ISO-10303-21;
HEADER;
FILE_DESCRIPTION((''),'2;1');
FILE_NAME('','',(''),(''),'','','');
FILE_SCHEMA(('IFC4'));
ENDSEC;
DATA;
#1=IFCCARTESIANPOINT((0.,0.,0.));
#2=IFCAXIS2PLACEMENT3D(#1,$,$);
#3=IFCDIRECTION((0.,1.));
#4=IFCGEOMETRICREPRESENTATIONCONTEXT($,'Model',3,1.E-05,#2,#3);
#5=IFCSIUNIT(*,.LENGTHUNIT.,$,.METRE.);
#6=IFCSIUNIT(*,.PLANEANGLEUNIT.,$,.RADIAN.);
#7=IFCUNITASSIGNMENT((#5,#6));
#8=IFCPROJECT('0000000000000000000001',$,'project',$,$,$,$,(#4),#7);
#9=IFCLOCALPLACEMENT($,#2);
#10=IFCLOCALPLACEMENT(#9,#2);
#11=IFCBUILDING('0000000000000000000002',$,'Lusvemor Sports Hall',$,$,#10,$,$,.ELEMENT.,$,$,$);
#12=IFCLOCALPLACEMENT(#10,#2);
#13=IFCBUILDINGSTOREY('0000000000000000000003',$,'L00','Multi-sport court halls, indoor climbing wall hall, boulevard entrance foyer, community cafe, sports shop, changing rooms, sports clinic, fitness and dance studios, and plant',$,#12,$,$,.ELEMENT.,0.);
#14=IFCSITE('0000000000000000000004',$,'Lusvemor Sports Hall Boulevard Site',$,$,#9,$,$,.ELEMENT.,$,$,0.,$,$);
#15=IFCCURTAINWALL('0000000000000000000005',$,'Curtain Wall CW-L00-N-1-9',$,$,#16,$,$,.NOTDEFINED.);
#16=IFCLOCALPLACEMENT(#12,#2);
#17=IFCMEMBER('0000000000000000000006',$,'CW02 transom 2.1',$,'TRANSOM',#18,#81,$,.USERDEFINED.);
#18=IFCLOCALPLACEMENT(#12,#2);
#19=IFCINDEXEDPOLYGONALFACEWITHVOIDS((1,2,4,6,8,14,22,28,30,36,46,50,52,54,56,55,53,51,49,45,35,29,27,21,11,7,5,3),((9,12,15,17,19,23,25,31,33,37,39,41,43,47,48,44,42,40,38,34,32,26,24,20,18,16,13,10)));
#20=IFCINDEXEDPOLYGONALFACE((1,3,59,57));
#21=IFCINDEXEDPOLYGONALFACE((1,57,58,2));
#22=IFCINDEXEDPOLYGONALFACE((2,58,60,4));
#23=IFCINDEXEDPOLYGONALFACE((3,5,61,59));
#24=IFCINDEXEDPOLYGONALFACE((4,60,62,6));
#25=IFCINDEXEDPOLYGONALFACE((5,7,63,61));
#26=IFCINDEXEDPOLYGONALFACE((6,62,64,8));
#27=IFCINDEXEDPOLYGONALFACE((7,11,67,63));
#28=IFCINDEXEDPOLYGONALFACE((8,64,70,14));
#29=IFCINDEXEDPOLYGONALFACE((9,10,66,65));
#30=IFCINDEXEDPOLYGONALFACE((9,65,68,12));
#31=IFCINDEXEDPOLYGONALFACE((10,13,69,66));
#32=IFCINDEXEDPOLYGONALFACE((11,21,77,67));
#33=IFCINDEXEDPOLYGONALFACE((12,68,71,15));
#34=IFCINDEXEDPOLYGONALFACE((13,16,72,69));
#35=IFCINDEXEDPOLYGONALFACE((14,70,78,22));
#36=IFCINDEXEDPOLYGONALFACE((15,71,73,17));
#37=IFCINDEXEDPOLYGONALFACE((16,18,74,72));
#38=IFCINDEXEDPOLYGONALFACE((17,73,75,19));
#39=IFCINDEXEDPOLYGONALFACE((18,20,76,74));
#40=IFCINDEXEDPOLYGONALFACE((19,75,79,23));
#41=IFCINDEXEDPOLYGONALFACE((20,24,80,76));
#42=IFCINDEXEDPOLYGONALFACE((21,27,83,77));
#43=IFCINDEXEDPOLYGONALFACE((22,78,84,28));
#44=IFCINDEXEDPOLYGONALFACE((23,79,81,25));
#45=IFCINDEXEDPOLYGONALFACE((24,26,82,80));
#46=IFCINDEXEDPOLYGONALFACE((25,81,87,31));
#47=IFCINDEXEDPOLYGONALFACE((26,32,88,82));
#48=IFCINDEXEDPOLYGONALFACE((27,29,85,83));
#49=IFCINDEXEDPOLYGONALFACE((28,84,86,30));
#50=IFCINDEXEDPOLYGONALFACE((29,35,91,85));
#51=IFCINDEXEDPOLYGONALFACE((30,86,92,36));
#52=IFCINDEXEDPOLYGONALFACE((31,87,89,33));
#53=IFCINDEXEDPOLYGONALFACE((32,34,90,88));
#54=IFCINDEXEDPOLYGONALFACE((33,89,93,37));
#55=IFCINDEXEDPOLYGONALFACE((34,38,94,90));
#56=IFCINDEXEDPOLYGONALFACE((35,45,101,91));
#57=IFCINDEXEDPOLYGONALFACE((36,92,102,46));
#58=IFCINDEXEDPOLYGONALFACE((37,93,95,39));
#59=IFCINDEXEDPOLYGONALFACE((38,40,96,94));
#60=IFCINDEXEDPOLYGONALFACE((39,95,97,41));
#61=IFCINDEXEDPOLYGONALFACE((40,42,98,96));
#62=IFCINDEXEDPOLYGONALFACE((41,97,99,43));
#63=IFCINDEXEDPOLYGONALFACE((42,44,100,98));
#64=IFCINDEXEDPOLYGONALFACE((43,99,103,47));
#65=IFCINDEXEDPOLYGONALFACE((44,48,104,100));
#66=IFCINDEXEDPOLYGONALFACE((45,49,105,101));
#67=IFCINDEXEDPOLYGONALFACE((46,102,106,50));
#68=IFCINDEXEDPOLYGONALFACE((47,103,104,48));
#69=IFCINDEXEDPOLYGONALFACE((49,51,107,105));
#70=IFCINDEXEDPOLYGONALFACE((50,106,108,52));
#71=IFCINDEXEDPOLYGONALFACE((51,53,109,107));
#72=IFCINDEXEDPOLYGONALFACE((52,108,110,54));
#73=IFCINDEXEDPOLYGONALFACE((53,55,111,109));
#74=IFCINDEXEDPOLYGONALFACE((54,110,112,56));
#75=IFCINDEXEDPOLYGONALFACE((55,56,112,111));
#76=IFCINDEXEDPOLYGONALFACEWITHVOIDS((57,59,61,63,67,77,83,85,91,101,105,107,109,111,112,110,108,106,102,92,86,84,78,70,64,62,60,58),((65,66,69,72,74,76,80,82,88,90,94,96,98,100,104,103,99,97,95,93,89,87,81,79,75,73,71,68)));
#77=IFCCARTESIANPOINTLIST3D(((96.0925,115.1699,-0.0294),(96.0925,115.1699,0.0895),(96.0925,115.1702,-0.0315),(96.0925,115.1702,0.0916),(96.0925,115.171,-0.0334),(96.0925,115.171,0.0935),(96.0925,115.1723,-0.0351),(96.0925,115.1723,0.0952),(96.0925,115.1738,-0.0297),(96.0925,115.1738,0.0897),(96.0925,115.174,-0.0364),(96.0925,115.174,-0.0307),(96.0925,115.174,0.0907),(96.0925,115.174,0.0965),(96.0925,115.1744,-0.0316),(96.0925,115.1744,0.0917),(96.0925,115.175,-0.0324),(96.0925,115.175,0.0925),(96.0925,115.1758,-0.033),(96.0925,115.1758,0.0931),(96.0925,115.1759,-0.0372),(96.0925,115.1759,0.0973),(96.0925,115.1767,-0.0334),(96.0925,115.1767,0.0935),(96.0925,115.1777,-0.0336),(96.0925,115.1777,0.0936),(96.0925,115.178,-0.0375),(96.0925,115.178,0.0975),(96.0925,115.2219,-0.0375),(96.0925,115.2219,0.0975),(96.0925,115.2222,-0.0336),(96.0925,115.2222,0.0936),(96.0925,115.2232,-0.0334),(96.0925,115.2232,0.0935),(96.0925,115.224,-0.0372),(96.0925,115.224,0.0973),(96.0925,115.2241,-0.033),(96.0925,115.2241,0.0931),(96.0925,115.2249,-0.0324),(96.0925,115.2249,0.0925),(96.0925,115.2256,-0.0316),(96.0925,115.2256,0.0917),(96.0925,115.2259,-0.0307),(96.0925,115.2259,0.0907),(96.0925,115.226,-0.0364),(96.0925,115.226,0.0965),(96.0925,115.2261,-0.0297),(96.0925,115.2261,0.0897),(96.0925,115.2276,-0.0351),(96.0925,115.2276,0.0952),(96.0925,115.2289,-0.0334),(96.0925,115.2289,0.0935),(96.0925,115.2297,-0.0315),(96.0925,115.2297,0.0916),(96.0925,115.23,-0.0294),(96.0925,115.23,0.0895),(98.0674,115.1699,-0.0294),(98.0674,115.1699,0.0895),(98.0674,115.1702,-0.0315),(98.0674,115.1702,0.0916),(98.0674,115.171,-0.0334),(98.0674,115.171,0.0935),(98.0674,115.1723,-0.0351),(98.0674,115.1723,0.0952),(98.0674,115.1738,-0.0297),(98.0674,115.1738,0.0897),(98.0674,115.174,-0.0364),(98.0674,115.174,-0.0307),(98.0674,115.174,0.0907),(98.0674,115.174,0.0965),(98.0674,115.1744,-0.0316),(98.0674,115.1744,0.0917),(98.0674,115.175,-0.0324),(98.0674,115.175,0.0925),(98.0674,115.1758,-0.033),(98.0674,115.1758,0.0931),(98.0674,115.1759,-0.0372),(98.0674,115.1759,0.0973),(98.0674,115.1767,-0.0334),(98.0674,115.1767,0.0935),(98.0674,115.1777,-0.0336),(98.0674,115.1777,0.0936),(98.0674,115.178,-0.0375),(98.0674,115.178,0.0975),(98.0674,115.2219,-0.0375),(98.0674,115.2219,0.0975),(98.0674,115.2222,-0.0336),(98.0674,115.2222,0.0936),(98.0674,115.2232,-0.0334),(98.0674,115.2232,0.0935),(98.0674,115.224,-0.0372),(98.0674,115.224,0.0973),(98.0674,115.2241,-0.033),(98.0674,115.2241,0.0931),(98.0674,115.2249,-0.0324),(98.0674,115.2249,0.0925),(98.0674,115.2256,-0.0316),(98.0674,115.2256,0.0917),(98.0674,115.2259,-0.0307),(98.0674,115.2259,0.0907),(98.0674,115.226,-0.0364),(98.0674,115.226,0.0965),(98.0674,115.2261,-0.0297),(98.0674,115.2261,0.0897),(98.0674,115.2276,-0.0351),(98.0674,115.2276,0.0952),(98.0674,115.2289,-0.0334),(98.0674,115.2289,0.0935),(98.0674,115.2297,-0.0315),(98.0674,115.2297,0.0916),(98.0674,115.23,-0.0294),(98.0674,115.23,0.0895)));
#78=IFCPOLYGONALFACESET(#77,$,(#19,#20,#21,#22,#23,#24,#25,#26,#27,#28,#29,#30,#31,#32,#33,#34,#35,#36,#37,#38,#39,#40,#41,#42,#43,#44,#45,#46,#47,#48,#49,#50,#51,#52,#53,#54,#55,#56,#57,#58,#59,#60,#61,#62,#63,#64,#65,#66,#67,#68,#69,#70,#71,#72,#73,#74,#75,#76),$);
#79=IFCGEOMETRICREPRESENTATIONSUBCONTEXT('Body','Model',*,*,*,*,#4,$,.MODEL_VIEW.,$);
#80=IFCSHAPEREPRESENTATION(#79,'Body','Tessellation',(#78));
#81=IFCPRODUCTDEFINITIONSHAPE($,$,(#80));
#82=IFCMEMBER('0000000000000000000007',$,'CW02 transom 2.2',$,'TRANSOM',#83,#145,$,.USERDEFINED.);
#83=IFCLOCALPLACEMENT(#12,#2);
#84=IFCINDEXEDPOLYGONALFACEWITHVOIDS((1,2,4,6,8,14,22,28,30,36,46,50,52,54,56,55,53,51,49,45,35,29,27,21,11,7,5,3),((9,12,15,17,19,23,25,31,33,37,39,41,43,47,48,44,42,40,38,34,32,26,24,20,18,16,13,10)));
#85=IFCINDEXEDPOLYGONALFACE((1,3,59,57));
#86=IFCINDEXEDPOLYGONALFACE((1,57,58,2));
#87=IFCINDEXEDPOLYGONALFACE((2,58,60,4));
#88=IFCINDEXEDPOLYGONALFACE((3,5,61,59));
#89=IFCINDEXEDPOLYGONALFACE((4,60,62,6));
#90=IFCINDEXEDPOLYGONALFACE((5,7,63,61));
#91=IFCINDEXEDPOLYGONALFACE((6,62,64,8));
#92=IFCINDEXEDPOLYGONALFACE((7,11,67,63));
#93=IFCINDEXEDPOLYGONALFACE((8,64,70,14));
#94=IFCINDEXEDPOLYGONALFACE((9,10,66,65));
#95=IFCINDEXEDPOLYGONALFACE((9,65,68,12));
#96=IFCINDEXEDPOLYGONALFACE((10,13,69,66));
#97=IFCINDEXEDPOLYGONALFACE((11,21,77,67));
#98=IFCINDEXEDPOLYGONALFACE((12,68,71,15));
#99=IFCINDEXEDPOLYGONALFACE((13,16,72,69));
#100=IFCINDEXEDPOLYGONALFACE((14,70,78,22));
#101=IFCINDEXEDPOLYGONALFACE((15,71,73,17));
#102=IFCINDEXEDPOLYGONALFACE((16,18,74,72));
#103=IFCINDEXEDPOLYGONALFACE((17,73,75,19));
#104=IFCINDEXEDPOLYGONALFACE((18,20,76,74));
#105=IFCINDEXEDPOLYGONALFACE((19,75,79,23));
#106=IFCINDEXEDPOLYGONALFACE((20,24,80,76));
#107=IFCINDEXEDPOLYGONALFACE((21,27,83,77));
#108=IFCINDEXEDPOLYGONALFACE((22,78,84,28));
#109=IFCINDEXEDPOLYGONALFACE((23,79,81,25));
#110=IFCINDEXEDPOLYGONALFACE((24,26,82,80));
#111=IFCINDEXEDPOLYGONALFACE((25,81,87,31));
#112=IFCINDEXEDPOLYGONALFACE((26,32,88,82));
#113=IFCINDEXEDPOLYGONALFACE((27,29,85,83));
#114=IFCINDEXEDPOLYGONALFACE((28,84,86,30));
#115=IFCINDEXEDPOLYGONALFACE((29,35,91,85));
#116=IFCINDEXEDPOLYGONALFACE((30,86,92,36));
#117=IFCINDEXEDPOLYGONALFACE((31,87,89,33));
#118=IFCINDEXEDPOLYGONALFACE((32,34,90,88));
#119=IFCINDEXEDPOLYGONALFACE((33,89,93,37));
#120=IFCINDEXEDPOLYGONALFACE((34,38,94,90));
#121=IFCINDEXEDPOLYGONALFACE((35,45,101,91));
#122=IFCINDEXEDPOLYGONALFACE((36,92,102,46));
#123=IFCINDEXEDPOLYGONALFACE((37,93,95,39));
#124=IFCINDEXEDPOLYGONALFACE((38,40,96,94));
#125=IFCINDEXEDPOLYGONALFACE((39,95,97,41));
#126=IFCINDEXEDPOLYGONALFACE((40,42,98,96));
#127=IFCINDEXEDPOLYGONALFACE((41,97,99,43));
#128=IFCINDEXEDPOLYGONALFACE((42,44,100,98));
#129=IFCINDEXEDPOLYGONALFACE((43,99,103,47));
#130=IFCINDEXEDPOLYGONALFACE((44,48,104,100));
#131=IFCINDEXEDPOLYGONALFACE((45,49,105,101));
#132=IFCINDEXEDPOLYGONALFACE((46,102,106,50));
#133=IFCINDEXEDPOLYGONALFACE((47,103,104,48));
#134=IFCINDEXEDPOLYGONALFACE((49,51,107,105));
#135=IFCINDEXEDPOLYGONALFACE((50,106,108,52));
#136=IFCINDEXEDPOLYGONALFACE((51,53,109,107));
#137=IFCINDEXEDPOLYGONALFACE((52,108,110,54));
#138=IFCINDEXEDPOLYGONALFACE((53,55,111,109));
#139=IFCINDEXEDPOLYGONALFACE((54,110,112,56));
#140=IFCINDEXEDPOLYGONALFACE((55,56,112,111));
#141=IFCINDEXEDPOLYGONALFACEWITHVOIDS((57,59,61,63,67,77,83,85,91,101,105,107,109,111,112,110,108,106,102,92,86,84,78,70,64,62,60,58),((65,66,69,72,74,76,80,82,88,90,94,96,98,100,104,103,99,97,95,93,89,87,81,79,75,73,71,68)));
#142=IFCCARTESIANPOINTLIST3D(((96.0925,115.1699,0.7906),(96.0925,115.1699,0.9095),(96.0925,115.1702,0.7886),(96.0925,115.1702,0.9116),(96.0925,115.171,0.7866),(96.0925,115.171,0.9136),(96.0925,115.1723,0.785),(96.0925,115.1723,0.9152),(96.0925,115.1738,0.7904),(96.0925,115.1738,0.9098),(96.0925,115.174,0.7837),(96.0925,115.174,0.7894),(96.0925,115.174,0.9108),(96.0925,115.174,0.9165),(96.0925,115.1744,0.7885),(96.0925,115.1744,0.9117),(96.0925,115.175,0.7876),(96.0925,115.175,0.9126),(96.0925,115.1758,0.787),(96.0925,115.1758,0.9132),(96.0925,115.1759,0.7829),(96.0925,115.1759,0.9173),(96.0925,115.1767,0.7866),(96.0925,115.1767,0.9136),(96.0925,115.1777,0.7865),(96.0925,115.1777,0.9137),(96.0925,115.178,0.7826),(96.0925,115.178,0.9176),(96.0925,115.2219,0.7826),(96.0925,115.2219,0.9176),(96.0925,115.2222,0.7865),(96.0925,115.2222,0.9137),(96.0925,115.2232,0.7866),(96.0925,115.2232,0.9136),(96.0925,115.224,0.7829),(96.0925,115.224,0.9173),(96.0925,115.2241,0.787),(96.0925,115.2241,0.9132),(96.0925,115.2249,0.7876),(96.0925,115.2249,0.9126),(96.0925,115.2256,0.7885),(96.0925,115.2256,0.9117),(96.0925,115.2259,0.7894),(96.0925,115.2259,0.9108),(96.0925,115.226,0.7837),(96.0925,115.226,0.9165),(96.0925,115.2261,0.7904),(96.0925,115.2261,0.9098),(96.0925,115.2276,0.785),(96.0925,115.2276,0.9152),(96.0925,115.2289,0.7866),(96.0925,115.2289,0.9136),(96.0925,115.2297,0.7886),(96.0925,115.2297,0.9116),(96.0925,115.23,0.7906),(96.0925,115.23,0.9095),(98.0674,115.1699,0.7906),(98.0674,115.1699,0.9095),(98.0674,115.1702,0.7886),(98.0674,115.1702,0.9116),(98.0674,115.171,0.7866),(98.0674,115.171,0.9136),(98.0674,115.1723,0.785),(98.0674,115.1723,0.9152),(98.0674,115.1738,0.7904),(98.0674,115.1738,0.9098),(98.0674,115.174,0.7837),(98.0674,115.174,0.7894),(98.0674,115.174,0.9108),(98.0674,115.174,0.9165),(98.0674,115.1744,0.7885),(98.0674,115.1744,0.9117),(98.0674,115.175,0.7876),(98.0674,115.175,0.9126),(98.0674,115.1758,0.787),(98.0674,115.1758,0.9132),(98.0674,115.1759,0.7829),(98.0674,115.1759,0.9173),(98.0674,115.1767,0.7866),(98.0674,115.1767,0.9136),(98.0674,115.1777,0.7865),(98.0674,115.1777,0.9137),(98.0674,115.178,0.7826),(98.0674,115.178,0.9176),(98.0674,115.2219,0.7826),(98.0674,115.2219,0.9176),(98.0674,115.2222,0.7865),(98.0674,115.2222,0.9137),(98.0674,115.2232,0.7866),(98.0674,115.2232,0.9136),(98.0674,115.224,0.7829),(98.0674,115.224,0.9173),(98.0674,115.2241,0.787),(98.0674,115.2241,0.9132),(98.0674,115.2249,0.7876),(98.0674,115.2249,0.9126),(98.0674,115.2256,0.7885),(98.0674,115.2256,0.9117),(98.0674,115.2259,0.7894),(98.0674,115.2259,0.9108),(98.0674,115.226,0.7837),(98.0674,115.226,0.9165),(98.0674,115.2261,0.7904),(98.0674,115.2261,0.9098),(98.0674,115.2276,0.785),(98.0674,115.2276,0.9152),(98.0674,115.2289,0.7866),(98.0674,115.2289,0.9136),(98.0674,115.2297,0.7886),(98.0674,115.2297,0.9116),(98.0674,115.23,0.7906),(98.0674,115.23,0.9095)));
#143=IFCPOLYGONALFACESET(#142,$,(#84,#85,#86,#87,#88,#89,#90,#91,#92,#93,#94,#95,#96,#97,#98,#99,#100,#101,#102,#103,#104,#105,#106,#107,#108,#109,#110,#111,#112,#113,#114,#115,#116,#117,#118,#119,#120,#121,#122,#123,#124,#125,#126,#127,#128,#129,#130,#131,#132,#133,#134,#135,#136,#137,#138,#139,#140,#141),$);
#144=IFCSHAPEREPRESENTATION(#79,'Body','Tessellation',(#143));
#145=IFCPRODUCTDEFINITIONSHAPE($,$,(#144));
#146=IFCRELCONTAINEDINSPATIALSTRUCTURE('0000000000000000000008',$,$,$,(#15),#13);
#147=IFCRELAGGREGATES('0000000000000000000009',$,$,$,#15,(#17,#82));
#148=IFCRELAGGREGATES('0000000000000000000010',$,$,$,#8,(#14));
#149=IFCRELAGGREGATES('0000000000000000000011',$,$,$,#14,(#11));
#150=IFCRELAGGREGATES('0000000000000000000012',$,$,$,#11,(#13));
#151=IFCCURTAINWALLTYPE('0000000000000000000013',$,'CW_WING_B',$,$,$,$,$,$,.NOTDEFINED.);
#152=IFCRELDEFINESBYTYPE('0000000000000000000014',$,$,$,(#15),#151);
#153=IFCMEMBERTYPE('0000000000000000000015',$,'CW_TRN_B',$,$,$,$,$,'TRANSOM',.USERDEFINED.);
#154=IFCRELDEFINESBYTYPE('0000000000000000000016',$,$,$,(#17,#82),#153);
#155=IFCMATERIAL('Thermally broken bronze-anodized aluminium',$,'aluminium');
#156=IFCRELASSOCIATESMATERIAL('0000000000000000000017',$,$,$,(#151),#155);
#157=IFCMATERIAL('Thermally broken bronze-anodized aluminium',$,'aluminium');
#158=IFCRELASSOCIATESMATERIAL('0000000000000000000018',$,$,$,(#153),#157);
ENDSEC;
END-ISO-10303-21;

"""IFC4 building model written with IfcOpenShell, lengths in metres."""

from ifc_helpers import new_model, si_unit, direction, frame, origin, origin_2d, place, context, subcontext, project, spatial, hollow_rectangle, extrude, material, material_profile, profile_set, type_object, element, aggregate, save


model = new_model("IFC4")

# Units and contexts
model_context = context("Model", 3, precision=1e-05, world=origin(), true_north=direction((0.0, 1.0)))
body_context = subcontext(model_context, "Body", "Model", "MODEL_VIEW")
ifc_project = project(units=[si_unit("LENGTHUNIT", "METRE"), si_unit("PLANEANGLEUNIT", "RADIAN")], contexts=[model_context])

# Site, building, storey
site_placement = place(None, origin())
site = spatial("IfcSite", under=ifc_project, at=site_placement, Name="Lusvemor Sports Hall Boulevard Site", CompositionType="ELEMENT", RefElevation=0.0)
building_placement = place(site_placement, origin())
building = spatial("IfcBuilding", under=site, at=building_placement, Name="Lusvemor Sports Hall", CompositionType="ELEMENT")
storey_placement = place(building_placement, origin())
storey = spatial("IfcBuildingStorey", under=building, at=storey_placement, Name="L00", Description="Multi-sport court halls, indoor climbing wall hall, boulevard entrance foyer, community cafe, sports shop, changing rooms, sports clinic, fitness and dance studios, and plant", CompositionType="ELEMENT", Elevation=0.0)

# Curtain wall, members
ifc_material_1 = material(Name="Thermally broken bronze-anodized aluminium", Category="aluminium")
curtain_wall_type = type_object("IfcCurtainWallType", Name="CW_WING_B", PredefinedType="NOTDEFINED", material=ifc_material_1)
curtain_wall_placement = place(storey_placement, origin())
curtain_wall = element("IfcCurtainWall", 1, at=curtain_wall_placement, inside=storey, type_object=curtain_wall_type, Name="Curtain Wall CW-L00-N-1-9", PredefinedType="NOTDEFINED")
ifc_material_2 = material(Name="Thermally broken bronze-anodized aluminium", Category="aluminium")
ifc_material_profile_1 = material_profile(ifc_material_2, hollow_rectangle(XDim=0.0601, YDim=0.135, WallThickness=0.0039, InnerFilletRadius=0.0039, OuterFilletRadius=0.0081, at=origin_2d()), Name="CWTRN135x60x4")
ifc_profile_set_1 = profile_set([ifc_material_profile_1], Name="Thermally broken bronze-anodized aluminium")
member_type_1 = type_object("IfcMemberType", Name="CW_TRN_B", ElementType="TRANSOM", PredefinedType="USERDEFINED", material=ifc_profile_set_1)
member_1_placement = place(storey_placement, frame((96.0925, 115.2, 0.03), z_axis=(1.0, 0.0, 0.0), x_axis=(0.0, 1.0, 0.0)))
member_1 = element("IfcMember", 2, at=member_1_placement, type_object=member_type_1, Name="CW02 transom 2.1", ObjectType="TRANSOM", PredefinedType="USERDEFINED", context=body_context, shape_type="SweptSolid", body=[
    extrude(hollow_rectangle(XDim=0.0601, YDim=0.135, WallThickness=0.0039, InnerFilletRadius=0.0039, OuterFilletRadius=0.0081, at=origin_2d()), origin(), (0.0, 0.0, 1.0), 1.9749),
])
member_2_placement = place(storey_placement, frame((96.0925, 115.2, 0.8501), z_axis=(1.0, 0.0, 0.0), x_axis=(0.0, 1.0, 0.0)))
member_2 = element("IfcMember", 3, at=member_2_placement, type_object=member_type_1, Name="CW02 transom 2.2", ObjectType="TRANSOM", PredefinedType="USERDEFINED", context=body_context, shape_type="SweptSolid", body=[
    extrude(hollow_rectangle(XDim=0.0601, YDim=0.135, WallThickness=0.0039, InnerFilletRadius=0.0039, OuterFilletRadius=0.0081, at=origin_2d()), origin(), (0.0, 0.0, 1.0), 1.9749),
])
aggregate(curtain_wall, [member_1, member_2])

save(model, "model.ifc")
